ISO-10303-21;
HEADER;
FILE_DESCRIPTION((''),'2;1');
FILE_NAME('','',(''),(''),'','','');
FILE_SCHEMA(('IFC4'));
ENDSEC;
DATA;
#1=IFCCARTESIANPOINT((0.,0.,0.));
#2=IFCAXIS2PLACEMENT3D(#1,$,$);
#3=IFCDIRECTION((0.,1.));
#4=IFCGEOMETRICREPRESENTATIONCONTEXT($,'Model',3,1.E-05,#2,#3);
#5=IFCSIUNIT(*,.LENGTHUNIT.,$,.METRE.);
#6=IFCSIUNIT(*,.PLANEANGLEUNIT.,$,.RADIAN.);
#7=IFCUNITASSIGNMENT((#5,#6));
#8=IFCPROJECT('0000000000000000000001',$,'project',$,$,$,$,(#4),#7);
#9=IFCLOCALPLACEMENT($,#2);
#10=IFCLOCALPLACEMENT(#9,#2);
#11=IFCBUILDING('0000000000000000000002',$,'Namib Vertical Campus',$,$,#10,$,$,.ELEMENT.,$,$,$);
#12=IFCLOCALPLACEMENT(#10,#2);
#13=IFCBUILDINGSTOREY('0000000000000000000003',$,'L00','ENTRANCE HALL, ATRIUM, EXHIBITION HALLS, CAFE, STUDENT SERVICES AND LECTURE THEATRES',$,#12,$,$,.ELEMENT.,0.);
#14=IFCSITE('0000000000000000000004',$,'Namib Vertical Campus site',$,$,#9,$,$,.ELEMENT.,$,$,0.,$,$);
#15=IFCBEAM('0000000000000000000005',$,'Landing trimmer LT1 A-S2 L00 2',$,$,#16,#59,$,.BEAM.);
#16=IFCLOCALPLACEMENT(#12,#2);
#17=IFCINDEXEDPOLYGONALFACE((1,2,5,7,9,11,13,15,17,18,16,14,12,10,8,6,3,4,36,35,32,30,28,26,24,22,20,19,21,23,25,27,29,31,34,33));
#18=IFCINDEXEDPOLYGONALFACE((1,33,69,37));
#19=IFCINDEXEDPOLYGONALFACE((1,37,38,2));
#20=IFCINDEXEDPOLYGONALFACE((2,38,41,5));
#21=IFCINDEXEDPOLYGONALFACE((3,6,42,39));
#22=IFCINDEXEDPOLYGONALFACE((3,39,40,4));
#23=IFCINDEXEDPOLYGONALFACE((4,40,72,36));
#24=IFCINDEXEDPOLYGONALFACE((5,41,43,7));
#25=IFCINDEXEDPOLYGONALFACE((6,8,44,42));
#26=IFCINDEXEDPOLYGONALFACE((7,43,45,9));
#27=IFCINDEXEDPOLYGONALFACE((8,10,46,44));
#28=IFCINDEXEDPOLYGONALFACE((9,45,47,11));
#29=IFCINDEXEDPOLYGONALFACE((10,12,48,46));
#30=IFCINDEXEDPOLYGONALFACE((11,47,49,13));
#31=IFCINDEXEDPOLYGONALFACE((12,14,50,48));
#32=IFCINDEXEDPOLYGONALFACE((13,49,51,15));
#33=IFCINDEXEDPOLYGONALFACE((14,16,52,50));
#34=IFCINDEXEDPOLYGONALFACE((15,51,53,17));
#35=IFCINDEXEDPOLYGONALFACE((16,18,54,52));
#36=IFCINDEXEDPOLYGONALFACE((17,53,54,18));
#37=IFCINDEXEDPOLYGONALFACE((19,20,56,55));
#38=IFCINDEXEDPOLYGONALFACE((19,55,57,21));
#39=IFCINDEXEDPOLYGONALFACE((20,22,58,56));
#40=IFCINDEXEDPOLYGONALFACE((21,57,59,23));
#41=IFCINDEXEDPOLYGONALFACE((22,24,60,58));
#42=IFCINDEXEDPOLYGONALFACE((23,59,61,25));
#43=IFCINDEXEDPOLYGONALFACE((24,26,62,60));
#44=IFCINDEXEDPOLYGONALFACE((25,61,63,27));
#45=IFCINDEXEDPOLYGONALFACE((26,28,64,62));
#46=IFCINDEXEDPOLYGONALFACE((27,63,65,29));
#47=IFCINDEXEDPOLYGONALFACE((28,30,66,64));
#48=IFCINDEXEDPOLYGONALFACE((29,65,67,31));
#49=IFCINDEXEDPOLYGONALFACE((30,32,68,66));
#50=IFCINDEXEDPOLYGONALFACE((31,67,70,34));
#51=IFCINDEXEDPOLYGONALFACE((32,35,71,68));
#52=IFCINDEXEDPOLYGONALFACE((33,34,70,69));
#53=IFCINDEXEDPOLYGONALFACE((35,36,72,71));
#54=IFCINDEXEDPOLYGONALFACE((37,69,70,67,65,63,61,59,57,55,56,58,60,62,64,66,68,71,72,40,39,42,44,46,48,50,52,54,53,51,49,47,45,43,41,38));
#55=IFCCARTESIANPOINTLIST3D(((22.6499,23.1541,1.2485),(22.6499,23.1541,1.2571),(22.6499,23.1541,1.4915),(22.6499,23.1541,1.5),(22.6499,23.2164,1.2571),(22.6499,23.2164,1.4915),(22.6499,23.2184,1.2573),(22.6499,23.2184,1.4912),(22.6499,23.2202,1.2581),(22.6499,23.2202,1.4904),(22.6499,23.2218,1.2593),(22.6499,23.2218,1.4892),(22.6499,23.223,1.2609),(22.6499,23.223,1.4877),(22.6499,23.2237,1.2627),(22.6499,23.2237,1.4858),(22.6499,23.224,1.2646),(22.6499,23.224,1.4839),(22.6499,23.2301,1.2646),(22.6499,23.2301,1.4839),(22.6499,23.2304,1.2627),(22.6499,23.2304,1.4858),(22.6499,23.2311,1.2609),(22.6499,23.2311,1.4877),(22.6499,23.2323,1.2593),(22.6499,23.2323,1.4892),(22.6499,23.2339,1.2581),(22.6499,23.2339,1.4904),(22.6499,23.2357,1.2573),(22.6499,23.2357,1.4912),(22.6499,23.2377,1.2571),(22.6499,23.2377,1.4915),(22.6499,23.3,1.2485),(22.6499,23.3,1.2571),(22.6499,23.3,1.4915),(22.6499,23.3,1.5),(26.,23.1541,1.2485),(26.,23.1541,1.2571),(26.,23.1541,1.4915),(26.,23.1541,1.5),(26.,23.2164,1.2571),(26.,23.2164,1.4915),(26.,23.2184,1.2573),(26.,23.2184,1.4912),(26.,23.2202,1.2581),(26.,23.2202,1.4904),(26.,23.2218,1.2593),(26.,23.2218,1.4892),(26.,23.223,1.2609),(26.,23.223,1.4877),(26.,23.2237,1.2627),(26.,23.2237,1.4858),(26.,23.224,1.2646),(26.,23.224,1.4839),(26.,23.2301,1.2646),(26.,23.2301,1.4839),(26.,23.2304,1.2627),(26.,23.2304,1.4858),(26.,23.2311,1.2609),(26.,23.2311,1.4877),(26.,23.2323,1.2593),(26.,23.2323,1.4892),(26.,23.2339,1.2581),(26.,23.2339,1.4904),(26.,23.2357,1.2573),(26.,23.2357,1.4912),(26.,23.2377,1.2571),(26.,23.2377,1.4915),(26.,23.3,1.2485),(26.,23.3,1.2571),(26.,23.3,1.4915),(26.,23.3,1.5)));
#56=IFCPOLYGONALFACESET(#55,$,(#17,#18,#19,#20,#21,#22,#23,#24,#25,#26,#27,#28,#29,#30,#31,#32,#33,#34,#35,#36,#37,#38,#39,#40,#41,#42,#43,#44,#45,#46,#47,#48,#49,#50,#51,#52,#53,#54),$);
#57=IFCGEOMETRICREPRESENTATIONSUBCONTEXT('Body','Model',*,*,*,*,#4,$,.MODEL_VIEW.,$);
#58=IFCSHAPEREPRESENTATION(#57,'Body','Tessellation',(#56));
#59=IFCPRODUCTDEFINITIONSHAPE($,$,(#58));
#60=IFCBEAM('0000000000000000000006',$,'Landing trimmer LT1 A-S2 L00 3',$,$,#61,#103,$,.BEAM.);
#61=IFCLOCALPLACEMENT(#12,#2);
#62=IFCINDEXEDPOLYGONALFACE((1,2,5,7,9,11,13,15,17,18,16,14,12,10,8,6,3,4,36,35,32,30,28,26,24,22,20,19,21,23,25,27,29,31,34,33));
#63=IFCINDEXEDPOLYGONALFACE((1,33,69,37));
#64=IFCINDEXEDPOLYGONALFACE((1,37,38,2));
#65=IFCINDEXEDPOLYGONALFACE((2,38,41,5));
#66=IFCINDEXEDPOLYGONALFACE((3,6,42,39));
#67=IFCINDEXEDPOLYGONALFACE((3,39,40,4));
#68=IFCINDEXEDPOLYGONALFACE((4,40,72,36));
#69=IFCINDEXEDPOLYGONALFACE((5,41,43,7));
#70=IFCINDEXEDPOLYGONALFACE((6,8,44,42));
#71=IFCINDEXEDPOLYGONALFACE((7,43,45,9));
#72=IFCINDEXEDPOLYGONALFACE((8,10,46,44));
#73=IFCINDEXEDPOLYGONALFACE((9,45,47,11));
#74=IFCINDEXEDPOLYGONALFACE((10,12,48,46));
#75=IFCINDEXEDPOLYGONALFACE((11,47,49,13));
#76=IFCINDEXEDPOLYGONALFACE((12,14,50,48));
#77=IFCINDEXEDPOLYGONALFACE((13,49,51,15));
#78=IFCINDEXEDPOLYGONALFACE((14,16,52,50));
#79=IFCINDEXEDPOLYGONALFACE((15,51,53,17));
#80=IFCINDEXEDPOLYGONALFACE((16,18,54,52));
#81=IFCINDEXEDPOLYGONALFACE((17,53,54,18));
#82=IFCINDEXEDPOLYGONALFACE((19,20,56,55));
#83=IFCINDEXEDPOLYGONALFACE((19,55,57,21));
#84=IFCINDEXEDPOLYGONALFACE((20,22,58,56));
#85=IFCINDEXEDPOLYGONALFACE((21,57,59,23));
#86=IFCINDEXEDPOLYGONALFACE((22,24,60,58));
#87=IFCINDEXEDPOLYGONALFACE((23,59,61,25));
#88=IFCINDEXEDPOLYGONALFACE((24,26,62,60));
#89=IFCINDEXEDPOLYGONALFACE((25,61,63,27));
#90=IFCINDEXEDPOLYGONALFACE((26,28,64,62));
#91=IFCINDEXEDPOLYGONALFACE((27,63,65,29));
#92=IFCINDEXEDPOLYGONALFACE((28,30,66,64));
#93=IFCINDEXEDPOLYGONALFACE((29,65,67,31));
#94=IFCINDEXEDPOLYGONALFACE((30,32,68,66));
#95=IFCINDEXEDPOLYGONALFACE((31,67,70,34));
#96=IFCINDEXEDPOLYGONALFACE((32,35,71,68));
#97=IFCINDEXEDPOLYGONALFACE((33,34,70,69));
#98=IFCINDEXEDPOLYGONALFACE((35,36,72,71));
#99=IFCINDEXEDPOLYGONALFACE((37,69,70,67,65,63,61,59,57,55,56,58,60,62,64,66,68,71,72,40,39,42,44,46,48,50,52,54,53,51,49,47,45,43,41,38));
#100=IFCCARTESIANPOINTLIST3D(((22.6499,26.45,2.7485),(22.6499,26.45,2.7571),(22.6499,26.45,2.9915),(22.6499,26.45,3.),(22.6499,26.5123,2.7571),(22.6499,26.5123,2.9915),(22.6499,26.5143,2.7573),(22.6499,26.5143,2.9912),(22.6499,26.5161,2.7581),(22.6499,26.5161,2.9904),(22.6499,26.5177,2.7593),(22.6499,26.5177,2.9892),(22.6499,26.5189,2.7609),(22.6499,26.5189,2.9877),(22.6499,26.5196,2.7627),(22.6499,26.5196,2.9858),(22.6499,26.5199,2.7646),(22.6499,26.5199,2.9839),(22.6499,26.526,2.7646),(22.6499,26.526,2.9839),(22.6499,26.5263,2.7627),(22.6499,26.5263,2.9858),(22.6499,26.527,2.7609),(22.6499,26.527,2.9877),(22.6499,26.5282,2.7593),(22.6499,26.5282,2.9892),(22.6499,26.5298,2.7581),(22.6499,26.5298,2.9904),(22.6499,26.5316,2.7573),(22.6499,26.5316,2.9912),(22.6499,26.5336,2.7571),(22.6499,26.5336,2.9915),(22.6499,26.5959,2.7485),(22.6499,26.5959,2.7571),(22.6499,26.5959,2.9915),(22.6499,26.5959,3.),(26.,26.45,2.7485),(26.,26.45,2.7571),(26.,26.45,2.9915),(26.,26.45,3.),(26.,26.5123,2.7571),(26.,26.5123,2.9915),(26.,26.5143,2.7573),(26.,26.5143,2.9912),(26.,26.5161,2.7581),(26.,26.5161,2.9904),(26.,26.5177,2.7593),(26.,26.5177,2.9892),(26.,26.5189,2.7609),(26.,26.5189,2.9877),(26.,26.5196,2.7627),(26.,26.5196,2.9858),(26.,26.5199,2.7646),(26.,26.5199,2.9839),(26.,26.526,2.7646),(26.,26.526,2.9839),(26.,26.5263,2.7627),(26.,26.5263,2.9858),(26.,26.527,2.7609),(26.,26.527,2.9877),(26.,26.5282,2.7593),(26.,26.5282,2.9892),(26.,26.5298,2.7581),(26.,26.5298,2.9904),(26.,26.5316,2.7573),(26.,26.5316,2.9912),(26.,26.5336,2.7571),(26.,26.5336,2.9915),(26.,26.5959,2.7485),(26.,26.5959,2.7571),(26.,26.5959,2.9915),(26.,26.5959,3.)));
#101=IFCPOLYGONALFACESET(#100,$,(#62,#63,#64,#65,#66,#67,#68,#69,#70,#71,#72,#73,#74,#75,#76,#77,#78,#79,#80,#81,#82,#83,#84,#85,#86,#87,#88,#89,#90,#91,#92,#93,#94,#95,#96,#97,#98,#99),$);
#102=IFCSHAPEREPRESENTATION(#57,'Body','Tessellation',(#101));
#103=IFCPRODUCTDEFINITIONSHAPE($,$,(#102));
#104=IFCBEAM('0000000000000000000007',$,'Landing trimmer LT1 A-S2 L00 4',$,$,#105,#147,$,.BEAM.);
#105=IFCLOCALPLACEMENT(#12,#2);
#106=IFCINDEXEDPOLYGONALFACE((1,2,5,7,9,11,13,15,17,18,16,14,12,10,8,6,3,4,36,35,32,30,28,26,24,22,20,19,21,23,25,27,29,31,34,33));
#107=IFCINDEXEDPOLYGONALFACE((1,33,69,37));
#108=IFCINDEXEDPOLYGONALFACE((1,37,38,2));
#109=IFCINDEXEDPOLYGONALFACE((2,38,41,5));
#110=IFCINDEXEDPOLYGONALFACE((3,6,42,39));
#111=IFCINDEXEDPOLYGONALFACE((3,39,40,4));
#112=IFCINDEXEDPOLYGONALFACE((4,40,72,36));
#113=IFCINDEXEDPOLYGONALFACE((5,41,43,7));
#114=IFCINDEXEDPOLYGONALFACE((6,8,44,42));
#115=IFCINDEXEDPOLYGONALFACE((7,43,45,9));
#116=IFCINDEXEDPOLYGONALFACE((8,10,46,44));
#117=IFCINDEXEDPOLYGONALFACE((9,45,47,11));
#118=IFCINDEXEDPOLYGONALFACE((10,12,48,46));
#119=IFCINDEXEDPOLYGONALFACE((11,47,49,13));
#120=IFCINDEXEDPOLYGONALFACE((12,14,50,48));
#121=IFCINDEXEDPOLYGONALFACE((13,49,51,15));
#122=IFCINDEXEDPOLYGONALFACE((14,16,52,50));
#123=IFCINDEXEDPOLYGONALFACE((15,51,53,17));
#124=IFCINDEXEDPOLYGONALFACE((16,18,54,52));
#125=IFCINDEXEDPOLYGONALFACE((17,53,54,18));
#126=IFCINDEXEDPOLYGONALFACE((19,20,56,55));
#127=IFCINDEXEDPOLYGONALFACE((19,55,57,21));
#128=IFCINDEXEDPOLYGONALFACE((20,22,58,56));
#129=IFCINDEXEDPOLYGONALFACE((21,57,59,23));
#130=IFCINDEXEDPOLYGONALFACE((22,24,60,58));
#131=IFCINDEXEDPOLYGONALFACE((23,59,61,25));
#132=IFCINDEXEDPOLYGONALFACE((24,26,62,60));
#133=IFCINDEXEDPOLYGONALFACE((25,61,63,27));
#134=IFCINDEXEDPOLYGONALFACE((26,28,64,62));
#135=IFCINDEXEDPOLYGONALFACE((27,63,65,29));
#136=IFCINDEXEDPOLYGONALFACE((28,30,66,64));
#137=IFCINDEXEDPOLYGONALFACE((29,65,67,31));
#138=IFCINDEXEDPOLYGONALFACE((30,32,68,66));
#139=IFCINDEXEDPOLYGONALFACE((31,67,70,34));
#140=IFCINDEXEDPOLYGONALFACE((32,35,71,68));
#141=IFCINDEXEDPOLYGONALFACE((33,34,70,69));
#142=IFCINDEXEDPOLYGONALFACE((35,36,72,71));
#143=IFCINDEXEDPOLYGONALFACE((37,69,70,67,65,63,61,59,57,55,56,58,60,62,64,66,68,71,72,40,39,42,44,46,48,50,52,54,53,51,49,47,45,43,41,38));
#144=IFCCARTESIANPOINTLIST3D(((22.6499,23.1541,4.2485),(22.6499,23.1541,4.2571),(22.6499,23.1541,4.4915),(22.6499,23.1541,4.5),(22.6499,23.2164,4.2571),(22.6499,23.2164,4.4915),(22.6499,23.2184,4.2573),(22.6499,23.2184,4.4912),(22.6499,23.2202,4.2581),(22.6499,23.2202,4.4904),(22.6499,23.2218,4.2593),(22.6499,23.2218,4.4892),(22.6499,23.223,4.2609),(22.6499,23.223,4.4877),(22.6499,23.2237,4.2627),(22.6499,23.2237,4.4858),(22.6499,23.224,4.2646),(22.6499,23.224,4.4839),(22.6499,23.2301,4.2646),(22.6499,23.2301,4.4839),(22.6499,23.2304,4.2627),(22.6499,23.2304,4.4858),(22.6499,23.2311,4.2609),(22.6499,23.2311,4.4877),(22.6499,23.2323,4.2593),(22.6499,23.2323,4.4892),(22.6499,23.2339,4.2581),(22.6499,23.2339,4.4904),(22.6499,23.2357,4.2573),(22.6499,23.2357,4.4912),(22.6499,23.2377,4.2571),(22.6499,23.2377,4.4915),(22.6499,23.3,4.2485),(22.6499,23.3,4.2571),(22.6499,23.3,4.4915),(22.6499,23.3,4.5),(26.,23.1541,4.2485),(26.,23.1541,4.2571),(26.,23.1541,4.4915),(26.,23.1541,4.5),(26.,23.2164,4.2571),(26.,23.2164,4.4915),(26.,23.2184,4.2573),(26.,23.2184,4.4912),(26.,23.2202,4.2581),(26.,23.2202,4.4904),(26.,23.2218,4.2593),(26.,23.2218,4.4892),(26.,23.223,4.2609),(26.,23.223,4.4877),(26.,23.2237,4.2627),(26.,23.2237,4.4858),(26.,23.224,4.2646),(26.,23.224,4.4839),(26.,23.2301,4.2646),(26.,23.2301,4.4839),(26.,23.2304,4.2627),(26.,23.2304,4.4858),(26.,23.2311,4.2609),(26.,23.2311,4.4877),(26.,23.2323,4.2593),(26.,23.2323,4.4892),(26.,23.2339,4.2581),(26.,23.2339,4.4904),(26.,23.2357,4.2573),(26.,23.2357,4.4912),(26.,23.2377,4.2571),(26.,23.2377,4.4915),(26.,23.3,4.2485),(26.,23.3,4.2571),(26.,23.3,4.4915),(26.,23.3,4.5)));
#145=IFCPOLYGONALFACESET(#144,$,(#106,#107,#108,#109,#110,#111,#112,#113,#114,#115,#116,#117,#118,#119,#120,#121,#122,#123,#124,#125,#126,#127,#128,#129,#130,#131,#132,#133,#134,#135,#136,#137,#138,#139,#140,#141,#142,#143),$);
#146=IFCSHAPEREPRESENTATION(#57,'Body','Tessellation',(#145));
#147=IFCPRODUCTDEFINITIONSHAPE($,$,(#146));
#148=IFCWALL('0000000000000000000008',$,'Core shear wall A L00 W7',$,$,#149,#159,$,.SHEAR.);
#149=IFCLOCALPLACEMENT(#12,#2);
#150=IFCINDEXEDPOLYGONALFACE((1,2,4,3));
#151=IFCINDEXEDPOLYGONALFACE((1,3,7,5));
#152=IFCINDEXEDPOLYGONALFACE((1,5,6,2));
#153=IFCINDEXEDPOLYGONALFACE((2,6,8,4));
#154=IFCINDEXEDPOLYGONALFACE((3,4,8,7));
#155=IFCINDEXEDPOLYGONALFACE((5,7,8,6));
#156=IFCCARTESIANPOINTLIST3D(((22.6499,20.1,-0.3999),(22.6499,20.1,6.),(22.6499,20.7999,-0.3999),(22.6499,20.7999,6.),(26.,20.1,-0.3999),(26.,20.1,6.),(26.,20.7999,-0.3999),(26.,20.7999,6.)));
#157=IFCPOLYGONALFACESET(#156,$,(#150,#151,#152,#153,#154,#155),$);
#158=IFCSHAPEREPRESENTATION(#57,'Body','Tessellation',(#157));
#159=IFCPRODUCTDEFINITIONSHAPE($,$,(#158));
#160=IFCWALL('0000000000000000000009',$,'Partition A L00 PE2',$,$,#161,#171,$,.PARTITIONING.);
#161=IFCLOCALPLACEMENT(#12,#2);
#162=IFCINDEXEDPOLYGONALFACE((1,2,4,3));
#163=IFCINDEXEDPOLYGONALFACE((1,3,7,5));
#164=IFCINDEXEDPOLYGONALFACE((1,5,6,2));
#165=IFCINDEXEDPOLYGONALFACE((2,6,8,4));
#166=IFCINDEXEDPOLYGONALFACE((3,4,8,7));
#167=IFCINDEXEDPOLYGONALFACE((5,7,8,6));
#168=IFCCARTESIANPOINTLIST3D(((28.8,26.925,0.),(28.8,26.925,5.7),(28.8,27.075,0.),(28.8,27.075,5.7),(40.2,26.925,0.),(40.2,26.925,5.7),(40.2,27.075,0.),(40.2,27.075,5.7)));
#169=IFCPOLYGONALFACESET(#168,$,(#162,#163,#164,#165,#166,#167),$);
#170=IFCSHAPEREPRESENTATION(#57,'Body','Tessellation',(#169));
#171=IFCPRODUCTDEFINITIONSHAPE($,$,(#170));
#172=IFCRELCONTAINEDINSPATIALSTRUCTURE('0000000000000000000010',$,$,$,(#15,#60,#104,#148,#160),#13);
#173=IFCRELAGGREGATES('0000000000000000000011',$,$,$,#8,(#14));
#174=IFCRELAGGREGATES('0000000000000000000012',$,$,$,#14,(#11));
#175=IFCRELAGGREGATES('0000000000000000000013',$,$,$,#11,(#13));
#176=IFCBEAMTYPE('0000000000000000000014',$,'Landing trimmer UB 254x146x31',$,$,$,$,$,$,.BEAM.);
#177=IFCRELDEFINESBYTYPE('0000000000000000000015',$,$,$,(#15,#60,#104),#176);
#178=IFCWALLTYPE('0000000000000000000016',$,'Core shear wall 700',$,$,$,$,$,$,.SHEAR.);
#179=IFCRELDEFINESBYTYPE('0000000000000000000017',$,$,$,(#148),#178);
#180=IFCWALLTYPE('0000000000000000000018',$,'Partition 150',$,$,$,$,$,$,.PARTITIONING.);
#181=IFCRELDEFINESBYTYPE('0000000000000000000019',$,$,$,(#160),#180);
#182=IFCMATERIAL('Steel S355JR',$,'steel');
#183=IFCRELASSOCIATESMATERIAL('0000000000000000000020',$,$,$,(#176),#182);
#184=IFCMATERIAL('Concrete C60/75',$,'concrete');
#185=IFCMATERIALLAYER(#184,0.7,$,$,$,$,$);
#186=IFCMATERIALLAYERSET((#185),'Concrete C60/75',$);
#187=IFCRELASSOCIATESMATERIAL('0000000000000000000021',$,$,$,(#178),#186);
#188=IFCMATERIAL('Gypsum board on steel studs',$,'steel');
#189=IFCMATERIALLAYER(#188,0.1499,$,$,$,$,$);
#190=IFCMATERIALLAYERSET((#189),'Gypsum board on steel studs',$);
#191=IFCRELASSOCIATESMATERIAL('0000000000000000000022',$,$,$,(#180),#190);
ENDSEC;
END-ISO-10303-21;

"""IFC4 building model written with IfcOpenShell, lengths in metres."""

from ifc_helpers import new_model, si_unit, direction, frame, frame_2d, origin, origin_2d, place, context, subcontext, project, spatial, rectangle, i_section, extrude, material, layer, layer_set, material_profile, profile_set, type_object, element, save


model = new_model("IFC4")

# Units and contexts
model_context = context("Model", 3, precision=1e-05, world=origin(), true_north=direction((0.0, 1.0)))
body_context = subcontext(model_context, "Body", "Model", "MODEL_VIEW")
ifc_project = project(units=[si_unit("LENGTHUNIT", "METRE"), si_unit("PLANEANGLEUNIT", "RADIAN")], contexts=[model_context])

# Site, building, storey
site_placement = place(None, origin())
site = spatial("IfcSite", under=ifc_project, at=site_placement, Name="Namib Vertical Campus site", CompositionType="ELEMENT", RefElevation=0.0)
building_placement = place(site_placement, origin())
building = spatial("IfcBuilding", under=site, at=building_placement, Name="Namib Vertical Campus", CompositionType="ELEMENT")
storey_placement = place(building_placement, origin())
storey = spatial("IfcBuildingStorey", under=building, at=storey_placement, Name="L00", Description="ENTRANCE HALL, ATRIUM, EXHIBITION HALLS, CAFE, STUDENT SERVICES AND LECTURE THEATRES", CompositionType="ELEMENT", Elevation=0.0)

# Beams
ifc_material_1 = material(Name="Steel S355JR", Category="steel")
ifc_material_profile_1 = material_profile(ifc_material_1, i_section(OverallWidth=0.146, OverallDepth=0.2515, WebThickness=0.0061, FlangeThickness=0.0085, FilletRadius=0.0076, at=origin_2d()))
ifc_profile_set_1 = profile_set([ifc_material_profile_1], Name="Steel S355JR")
beam_type = type_object("IfcBeamType", Name="Landing trimmer UB 254x146x31", PredefinedType="BEAM", material=ifc_profile_set_1)
for number, where, z_axis, x_axis, name in (
    (1, (22.6499, 23.2271, 1.3743), (1.0, 0.0, 0.0), (0.0, 1.0, 0.0), "Landing trimmer LT1 A-S2 L00 2"),
    (2, (22.6499, 26.5229, 2.8743), (1.0, 0.0, 0.0), (0.0, 1.0, 0.0), "Landing trimmer LT1 A-S2 L00 3"),
    (3, (22.6499, 23.2271, 4.3743), (1.0, 0.0, 0.0), (0.0, 1.0, 0.0), "Landing trimmer LT1 A-S2 L00 4"),
):
    element("IfcBeam", number, at=place(storey_placement, frame(where, z_axis=z_axis, x_axis=x_axis)), inside=storey, type_object=beam_type, Name=name, PredefinedType="BEAM", context=body_context, shape_type="SweptSolid", body=[
        extrude(i_section(OverallWidth=0.146, OverallDepth=0.2515, WebThickness=0.0061, FlangeThickness=0.0085, FilletRadius=0.0076, at=origin_2d()), origin(), (0.0, 0.0, 1.0), 3.3501),
    ])

# Walls
ifc_material_2 = material(Name="Concrete C60/75", Category="concrete")
ifc_layer_1 = layer(ifc_material_2, 0.7)
ifc_layer_set_1 = layer_set([ifc_layer_1], Name="Concrete C60/75")
wall_type_1 = type_object("IfcWallType", Name="Core shear wall 700", PredefinedType="SHEAR", material=ifc_layer_set_1)
wall_1_placement = place(storey_placement, frame((22.6499, 20.45, -0.3999), z_axis=(0.0, 0.0, 1.0), x_axis=(1.0, 0.0, 0.0)))
element("IfcWall", 4, at=wall_1_placement, inside=storey, type_object=wall_type_1, Name="Core shear wall A L00 W7", PredefinedType="SHEAR", context=body_context, shape_type="SweptSolid", body=[
    extrude(rectangle(XDim=3.3501, YDim=0.7, at=frame_2d((1.675, 0.0))), origin(), (0.0, 0.0, 1.0), 6.3999),
])
ifc_material_3 = material(Name="Gypsum board on steel studs", Category="steel")
ifc_layer_2 = layer(ifc_material_3, 0.1499)
ifc_layer_set_2 = layer_set([ifc_layer_2], Name="Gypsum board on steel studs")
wall_type_2 = type_object("IfcWallType", Name="Partition 150", PredefinedType="PARTITIONING", material=ifc_layer_set_2)
wall_2_placement = place(storey_placement, frame((28.8, 27.0, 0.0), z_axis=(0.0, 0.0, 1.0), x_axis=(1.0, 0.0, 0.0)))
element("IfcWall", 5, at=wall_2_placement, inside=storey, type_object=wall_type_2, Name="Partition A L00 PE2", PredefinedType="PARTITIONING", context=body_context, shape_type="SweptSolid", body=[
    extrude(rectangle(XDim=11.3999, YDim=0.1499, at=frame_2d((5.7, 0.0))), origin(), (0.0, 0.0, 1.0), 5.7),
])

save(model, "model.ifc")
